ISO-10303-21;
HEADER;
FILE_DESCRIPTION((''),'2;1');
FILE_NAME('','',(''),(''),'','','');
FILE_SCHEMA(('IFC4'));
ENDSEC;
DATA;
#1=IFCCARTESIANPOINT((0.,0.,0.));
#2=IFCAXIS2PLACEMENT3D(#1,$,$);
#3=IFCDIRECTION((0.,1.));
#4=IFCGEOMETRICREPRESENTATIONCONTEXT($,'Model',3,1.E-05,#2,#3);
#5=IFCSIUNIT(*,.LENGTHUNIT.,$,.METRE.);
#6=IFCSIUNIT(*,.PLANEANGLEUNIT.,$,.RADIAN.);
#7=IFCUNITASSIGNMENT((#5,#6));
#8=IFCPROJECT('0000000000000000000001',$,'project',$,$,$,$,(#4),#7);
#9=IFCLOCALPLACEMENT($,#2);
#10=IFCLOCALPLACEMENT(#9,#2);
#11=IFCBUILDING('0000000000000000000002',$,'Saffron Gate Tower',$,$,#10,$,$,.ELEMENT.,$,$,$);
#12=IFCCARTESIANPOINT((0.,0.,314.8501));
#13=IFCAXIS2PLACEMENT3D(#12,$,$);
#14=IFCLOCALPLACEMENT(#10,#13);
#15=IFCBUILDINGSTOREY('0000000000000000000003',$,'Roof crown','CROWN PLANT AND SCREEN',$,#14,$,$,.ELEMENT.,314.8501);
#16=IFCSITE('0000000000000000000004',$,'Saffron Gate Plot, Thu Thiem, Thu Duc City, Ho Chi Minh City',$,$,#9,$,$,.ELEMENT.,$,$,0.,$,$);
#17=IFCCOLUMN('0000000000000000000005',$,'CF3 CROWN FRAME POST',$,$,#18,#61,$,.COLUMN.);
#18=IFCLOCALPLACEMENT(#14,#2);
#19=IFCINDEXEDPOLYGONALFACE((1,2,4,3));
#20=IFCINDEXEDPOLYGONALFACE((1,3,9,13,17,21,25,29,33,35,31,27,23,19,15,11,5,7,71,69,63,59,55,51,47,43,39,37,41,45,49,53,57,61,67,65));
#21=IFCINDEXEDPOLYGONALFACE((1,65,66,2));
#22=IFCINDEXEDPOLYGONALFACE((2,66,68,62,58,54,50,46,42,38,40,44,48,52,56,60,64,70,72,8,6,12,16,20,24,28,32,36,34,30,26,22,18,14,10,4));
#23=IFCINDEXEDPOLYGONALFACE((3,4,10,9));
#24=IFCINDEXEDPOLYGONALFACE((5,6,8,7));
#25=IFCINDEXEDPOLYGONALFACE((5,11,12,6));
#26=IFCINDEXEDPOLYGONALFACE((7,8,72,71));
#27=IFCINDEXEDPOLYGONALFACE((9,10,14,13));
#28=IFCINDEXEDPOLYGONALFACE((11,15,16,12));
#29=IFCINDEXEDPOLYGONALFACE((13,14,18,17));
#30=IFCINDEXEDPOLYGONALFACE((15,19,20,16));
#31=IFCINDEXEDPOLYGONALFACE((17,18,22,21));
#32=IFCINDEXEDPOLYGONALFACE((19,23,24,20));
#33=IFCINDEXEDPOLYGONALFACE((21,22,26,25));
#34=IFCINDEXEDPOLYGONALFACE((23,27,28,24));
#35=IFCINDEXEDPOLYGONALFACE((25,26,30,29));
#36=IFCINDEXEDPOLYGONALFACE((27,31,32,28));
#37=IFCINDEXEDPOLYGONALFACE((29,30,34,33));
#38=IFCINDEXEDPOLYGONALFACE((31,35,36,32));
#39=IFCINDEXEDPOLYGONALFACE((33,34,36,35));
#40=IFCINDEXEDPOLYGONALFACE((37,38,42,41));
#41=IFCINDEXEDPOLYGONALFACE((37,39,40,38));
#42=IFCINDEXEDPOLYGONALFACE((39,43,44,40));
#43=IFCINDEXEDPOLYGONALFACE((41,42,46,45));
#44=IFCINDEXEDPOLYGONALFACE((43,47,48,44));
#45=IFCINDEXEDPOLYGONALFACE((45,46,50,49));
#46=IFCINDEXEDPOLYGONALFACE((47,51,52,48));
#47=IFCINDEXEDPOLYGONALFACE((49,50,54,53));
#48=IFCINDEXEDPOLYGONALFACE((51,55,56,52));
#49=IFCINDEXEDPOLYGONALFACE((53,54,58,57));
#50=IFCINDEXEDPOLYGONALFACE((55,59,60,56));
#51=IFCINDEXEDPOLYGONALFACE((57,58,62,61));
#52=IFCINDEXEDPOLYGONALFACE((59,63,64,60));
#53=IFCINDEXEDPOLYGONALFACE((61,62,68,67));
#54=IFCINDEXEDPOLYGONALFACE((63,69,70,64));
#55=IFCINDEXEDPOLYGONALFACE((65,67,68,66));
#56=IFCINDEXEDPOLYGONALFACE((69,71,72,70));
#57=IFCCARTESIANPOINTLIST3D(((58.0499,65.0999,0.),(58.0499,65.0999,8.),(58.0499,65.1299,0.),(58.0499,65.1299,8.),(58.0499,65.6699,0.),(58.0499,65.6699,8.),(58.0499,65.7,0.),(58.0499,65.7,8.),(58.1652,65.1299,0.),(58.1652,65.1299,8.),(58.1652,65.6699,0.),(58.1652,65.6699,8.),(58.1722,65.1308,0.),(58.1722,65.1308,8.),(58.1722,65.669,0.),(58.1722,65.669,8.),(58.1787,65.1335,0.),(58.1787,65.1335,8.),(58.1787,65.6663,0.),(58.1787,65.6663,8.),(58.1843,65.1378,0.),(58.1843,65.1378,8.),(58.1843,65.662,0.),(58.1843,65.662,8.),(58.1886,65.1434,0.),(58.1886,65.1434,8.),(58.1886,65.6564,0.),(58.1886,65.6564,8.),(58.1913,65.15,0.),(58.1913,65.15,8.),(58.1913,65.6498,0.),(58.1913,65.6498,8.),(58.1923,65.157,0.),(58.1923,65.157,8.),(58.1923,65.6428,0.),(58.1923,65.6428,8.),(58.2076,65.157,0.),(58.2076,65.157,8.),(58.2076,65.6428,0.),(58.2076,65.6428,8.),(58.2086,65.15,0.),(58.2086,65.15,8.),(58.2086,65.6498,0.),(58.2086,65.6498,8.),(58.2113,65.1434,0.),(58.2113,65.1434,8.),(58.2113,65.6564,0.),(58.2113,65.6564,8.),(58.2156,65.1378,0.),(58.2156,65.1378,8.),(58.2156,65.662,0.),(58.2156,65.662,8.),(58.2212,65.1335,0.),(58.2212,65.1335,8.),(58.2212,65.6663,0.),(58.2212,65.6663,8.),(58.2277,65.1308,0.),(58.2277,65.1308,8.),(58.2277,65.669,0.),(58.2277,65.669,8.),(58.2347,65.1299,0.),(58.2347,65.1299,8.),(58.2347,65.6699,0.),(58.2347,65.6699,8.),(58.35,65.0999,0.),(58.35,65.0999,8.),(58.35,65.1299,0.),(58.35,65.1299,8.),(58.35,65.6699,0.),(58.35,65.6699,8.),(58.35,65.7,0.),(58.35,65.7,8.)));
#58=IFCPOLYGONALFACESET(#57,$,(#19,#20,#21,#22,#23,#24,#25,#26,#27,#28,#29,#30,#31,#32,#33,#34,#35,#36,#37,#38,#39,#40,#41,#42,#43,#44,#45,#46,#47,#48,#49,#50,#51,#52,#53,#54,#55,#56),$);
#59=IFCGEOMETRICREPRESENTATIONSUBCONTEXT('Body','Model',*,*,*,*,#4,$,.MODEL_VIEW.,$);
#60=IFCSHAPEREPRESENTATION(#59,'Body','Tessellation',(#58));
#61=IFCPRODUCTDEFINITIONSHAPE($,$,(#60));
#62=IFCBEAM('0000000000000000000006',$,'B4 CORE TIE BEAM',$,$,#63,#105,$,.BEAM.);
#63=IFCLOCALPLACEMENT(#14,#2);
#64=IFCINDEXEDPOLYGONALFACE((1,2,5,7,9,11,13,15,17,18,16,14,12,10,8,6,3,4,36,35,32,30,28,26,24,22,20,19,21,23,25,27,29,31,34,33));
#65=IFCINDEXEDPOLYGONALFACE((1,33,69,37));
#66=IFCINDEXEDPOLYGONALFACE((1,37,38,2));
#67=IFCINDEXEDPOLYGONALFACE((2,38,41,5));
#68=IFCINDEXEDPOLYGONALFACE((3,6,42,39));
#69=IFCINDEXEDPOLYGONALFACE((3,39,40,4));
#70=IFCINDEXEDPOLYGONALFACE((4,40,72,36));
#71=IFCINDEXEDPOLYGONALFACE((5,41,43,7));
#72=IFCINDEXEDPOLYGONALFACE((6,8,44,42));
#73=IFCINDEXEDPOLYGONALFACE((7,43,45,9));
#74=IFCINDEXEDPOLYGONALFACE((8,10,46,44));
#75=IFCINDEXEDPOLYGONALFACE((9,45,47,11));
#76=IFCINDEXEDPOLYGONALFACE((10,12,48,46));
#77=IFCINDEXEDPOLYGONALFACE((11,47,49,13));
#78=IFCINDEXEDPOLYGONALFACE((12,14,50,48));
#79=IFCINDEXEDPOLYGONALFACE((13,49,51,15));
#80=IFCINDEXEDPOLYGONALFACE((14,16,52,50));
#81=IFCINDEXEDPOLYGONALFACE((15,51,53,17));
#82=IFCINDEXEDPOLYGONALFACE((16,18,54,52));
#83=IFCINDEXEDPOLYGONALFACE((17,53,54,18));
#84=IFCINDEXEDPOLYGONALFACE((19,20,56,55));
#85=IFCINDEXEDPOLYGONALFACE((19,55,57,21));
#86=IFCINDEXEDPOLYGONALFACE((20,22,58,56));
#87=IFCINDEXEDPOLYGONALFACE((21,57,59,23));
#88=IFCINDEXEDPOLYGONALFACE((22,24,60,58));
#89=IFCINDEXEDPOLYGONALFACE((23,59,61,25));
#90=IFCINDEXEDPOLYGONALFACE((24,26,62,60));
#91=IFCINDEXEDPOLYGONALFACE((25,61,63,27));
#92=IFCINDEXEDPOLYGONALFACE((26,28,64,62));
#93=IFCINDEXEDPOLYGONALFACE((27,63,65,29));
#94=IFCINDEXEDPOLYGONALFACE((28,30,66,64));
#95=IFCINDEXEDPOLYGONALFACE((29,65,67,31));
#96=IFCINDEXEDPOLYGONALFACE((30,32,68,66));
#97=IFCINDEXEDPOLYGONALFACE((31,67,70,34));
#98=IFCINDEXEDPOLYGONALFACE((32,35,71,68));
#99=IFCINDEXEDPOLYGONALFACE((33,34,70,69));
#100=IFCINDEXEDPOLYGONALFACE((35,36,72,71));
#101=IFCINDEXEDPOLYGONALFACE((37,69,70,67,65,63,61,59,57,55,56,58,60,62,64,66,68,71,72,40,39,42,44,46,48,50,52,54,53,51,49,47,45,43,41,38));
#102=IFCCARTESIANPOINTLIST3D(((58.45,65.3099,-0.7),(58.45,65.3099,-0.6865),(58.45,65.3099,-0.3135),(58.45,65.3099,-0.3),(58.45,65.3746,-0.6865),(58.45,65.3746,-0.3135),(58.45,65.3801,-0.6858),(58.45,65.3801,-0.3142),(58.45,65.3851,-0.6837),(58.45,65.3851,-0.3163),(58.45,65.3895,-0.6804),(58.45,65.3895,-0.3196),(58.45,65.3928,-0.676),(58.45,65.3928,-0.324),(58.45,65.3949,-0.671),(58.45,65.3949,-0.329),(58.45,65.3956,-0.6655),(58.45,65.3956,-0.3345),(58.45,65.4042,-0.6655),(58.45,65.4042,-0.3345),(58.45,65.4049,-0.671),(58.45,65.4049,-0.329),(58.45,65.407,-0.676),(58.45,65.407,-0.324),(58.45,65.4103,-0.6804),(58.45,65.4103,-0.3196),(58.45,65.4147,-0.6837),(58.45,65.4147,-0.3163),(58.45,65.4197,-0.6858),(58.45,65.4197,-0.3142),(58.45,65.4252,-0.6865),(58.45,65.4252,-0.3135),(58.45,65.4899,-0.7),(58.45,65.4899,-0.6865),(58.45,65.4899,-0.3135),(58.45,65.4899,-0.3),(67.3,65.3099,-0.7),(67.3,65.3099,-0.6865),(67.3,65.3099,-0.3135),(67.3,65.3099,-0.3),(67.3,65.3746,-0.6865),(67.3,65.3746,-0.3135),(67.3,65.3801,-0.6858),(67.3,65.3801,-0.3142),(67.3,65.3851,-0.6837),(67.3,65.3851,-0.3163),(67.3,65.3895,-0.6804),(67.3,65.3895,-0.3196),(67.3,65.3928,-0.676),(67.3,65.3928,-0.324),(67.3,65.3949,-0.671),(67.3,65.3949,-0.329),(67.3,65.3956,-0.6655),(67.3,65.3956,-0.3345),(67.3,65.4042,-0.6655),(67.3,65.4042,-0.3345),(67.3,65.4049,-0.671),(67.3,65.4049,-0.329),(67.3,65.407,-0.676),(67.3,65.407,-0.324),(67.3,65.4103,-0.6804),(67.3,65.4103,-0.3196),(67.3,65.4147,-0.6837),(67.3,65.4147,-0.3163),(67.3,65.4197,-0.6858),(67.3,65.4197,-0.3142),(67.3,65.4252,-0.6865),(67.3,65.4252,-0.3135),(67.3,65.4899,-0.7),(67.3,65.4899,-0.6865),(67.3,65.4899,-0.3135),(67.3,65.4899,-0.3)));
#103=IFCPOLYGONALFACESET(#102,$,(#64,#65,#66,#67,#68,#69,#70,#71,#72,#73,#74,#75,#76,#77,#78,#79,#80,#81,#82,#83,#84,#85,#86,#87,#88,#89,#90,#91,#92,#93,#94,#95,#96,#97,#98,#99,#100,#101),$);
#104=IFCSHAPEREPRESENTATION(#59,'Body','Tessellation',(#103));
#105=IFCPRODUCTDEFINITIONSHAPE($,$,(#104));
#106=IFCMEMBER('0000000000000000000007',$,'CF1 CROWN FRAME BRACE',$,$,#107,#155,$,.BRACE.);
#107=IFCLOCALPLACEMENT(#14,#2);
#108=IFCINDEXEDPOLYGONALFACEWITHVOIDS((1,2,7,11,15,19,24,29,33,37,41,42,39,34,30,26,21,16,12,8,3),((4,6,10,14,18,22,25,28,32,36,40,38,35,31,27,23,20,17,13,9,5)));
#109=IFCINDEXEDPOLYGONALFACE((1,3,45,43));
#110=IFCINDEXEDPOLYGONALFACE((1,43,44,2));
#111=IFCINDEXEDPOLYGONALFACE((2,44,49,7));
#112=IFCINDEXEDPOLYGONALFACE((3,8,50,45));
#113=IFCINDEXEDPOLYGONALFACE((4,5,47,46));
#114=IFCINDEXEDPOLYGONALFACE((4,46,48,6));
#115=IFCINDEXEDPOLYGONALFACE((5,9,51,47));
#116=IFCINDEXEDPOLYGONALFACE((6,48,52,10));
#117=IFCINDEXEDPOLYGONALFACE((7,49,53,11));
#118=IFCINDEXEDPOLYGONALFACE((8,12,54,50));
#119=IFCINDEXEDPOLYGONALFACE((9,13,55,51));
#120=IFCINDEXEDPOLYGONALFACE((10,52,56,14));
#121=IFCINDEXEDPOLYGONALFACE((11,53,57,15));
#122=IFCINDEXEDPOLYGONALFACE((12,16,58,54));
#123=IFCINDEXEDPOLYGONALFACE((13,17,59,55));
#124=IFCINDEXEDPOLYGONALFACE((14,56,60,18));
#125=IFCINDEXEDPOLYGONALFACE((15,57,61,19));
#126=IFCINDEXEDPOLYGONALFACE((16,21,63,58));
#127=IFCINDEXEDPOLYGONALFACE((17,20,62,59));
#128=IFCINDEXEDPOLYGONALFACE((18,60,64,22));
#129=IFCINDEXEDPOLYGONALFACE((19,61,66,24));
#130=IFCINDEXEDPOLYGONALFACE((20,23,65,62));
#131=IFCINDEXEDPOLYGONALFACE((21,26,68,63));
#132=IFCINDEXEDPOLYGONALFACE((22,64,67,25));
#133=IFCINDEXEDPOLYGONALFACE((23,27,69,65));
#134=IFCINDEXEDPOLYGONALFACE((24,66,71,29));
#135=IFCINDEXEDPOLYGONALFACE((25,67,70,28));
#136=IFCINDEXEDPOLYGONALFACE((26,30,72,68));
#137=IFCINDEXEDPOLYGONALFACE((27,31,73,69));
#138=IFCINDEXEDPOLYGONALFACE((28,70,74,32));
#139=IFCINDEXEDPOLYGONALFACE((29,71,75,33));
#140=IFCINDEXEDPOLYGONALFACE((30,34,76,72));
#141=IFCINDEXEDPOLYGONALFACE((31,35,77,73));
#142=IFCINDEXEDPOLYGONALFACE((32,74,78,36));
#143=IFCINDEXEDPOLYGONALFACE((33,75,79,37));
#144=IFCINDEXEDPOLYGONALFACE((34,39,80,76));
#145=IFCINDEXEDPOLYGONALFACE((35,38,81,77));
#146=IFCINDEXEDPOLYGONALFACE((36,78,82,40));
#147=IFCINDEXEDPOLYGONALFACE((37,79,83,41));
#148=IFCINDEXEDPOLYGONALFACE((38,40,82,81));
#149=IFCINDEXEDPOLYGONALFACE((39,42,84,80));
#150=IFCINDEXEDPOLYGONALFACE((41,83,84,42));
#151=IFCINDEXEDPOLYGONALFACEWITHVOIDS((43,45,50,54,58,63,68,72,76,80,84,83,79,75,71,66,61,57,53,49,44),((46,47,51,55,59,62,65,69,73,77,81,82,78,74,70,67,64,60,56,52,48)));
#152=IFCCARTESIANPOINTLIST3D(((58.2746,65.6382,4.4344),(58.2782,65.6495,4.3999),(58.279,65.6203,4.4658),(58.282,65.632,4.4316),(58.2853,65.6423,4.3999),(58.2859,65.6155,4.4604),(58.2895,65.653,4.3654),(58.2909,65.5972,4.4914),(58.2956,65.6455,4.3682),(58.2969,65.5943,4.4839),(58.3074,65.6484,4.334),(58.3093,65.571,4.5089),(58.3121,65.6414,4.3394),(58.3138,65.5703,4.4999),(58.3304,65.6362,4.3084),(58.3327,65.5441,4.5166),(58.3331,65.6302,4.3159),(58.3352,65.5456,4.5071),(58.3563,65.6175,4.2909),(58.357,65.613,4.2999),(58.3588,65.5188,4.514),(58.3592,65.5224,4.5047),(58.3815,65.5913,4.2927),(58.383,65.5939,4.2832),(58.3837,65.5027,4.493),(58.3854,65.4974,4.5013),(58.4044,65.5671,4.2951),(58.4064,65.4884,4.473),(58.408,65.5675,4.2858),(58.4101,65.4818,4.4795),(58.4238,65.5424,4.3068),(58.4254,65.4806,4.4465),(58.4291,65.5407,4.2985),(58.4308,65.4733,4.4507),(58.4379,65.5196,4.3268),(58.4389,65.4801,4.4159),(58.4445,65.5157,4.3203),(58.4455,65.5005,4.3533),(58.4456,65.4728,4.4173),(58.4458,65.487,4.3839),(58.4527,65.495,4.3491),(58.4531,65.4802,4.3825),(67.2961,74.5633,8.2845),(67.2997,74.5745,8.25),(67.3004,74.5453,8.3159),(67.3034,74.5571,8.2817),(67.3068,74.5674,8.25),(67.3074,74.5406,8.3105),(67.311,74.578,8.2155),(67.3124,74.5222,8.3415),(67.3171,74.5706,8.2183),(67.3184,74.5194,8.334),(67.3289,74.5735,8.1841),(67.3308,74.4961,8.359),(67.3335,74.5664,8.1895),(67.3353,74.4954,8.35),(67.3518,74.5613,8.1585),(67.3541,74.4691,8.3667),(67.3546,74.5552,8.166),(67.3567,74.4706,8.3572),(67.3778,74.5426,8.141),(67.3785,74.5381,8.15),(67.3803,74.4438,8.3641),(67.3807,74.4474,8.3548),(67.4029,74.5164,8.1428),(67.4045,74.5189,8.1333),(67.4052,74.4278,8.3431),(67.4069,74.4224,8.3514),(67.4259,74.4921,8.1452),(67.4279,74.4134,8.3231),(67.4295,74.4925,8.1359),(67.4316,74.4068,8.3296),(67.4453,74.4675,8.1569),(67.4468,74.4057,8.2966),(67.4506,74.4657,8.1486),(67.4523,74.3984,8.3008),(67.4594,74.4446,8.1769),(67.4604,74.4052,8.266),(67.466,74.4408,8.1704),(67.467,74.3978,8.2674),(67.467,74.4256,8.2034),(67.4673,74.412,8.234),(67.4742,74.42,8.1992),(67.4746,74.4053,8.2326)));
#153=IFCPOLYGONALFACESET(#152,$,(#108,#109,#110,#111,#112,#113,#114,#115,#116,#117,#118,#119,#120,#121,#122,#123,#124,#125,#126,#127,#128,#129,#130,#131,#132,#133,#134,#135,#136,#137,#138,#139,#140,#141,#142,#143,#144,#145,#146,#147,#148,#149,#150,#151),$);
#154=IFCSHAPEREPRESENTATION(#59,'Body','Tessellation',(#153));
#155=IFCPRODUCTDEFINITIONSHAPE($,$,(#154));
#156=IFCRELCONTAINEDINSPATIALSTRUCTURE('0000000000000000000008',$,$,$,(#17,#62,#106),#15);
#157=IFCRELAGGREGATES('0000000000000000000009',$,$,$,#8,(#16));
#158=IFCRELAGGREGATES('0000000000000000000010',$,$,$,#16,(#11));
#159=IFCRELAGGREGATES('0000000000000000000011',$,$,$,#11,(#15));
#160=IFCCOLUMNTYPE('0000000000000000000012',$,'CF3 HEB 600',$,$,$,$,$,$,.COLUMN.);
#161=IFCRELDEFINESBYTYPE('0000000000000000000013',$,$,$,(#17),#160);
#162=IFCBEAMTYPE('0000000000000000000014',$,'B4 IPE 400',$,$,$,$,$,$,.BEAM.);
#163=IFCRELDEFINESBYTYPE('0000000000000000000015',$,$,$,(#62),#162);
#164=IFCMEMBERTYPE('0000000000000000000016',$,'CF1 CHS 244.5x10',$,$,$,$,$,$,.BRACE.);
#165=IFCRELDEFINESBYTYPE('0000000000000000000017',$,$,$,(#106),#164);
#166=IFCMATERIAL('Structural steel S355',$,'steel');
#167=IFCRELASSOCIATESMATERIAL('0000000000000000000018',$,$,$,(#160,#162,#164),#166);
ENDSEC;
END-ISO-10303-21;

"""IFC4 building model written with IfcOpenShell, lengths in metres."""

from ifc_helpers import new_model, si_unit, direction, frame, origin, origin_2d, place, context, subcontext, project, spatial, hollow_circle, i_section, extrude, material, material_profile, profile_set, type_object, element, save


model = new_model("IFC4")

# Units and contexts
model_context = context("Model", 3, precision=1e-05, world=origin(), true_north=direction((0.0, 1.0)))
body_context = subcontext(model_context, "Body", "Model", "MODEL_VIEW")
ifc_project = project(units=[si_unit("LENGTHUNIT", "METRE"), si_unit("PLANEANGLEUNIT", "RADIAN")], contexts=[model_context])

# Site, building, storey
site_placement = place(None, origin())
site = spatial("IfcSite", under=ifc_project, at=site_placement, Name="Saffron Gate Plot, Thu Thiem, Thu Duc City, Ho Chi Minh City", CompositionType="ELEMENT", RefElevation=0.0)
building_placement = place(site_placement, origin())
building = spatial("IfcBuilding", under=site, at=building_placement, Name="Saffron Gate Tower", CompositionType="ELEMENT")
storey_placement = place(building_placement, frame((0.0, 0.0, 314.8501)))
storey = spatial("IfcBuildingStorey", under=building, at=storey_placement, Name="Roof crown", Description="CROWN PLANT AND SCREEN", CompositionType="ELEMENT", Elevation=314.8501)

# Column
ifc_material_1 = material(Name="Structural steel S355", Category="steel")
ifc_material_profile_1 = material_profile(ifc_material_1, i_section(OverallWidth=0.3, OverallDepth=0.6001, WebThickness=0.0154, FlangeThickness=0.03, FilletRadius=0.0271, at=origin_2d()))
ifc_profile_set_1 = profile_set([ifc_material_profile_1], Name="Structural steel S355")
column_type = type_object("IfcColumnType", Name="CF3 HEB 600", PredefinedType="COLUMN", material=ifc_profile_set_1)
column_placement = place(storey_placement, frame((58.2, 65.3999, 0.0), z_axis=(0.0, 0.0, 1.0), x_axis=(1.0, 0.0, 0.0)))
element("IfcColumn", 1, at=column_placement, inside=storey, type_object=column_type, Name="CF3 CROWN FRAME POST", PredefinedType="COLUMN", context=body_context, shape_type="SweptSolid", body=[
    extrude(i_section(OverallWidth=0.3, OverallDepth=0.6001, WebThickness=0.0154, FlangeThickness=0.03, FilletRadius=0.0271, at=origin_2d()), origin(), (0.0, 0.0, 1.0), 8.0),
])

# Beam
ifc_material_profile_2 = material_profile(ifc_material_1, i_section(OverallWidth=0.1799, OverallDepth=0.3999, WebThickness=0.0085, FlangeThickness=0.0134, FilletRadius=0.021, at=origin_2d()))
ifc_profile_set_2 = profile_set([ifc_material_profile_2], Name="Structural steel S355")
beam_type_1 = type_object("IfcBeamType", Name="B4 IPE 400", PredefinedType="BEAM", material=ifc_profile_set_2)
beam_1_placement = place(storey_placement, frame((58.45, 65.3999, -0.5), z_axis=(1.0, 0.0, 0.0), x_axis=(0.0, 1.0, 0.0)))
element("IfcBeam", 2, at=beam_1_placement, inside=storey, type_object=beam_type_1, Name="B4 CORE TIE BEAM", PredefinedType="BEAM", context=body_context, shape_type="SweptSolid", body=[
    extrude(i_section(OverallWidth=0.1799, OverallDepth=0.3999, WebThickness=0.0085, FlangeThickness=0.0134, FilletRadius=0.021, at=origin_2d()), origin(), (0.0, 0.0, 1.0), 8.8501),
])

# Member
ifc_material_profile_3 = material_profile(ifc_material_1, hollow_circle(Radius=0.1223, WallThickness=0.01, at=origin_2d()))
ifc_profile_set_3 = profile_set([ifc_material_profile_3], Name="Structural steel S355")
member_type_1 = type_object("IfcMemberType", Name="CF1 CHS 244.5x10", PredefinedType="BRACE", material=ifc_profile_set_3)
member_1_placement = place(storey_placement, frame((58.3643, 65.5625, 4.3999), z_axis=(0.680277, 0.673005, 0.290322), x_axis=(-0.703297, 0.710896, 0.0)))
element("IfcMember", 3, at=member_1_placement, inside=storey, type_object=member_type_1, Name="CF1 CROWN FRAME BRACE", PredefinedType="BRACE", context=body_context, shape_type="SweptSolid", body=[
    extrude(hollow_circle(Radius=0.1223, WallThickness=0.01, at=origin_2d()), origin(), (0.0, 0.0, 1.0), 13.2615),
])

save(model, "model.ifc")
